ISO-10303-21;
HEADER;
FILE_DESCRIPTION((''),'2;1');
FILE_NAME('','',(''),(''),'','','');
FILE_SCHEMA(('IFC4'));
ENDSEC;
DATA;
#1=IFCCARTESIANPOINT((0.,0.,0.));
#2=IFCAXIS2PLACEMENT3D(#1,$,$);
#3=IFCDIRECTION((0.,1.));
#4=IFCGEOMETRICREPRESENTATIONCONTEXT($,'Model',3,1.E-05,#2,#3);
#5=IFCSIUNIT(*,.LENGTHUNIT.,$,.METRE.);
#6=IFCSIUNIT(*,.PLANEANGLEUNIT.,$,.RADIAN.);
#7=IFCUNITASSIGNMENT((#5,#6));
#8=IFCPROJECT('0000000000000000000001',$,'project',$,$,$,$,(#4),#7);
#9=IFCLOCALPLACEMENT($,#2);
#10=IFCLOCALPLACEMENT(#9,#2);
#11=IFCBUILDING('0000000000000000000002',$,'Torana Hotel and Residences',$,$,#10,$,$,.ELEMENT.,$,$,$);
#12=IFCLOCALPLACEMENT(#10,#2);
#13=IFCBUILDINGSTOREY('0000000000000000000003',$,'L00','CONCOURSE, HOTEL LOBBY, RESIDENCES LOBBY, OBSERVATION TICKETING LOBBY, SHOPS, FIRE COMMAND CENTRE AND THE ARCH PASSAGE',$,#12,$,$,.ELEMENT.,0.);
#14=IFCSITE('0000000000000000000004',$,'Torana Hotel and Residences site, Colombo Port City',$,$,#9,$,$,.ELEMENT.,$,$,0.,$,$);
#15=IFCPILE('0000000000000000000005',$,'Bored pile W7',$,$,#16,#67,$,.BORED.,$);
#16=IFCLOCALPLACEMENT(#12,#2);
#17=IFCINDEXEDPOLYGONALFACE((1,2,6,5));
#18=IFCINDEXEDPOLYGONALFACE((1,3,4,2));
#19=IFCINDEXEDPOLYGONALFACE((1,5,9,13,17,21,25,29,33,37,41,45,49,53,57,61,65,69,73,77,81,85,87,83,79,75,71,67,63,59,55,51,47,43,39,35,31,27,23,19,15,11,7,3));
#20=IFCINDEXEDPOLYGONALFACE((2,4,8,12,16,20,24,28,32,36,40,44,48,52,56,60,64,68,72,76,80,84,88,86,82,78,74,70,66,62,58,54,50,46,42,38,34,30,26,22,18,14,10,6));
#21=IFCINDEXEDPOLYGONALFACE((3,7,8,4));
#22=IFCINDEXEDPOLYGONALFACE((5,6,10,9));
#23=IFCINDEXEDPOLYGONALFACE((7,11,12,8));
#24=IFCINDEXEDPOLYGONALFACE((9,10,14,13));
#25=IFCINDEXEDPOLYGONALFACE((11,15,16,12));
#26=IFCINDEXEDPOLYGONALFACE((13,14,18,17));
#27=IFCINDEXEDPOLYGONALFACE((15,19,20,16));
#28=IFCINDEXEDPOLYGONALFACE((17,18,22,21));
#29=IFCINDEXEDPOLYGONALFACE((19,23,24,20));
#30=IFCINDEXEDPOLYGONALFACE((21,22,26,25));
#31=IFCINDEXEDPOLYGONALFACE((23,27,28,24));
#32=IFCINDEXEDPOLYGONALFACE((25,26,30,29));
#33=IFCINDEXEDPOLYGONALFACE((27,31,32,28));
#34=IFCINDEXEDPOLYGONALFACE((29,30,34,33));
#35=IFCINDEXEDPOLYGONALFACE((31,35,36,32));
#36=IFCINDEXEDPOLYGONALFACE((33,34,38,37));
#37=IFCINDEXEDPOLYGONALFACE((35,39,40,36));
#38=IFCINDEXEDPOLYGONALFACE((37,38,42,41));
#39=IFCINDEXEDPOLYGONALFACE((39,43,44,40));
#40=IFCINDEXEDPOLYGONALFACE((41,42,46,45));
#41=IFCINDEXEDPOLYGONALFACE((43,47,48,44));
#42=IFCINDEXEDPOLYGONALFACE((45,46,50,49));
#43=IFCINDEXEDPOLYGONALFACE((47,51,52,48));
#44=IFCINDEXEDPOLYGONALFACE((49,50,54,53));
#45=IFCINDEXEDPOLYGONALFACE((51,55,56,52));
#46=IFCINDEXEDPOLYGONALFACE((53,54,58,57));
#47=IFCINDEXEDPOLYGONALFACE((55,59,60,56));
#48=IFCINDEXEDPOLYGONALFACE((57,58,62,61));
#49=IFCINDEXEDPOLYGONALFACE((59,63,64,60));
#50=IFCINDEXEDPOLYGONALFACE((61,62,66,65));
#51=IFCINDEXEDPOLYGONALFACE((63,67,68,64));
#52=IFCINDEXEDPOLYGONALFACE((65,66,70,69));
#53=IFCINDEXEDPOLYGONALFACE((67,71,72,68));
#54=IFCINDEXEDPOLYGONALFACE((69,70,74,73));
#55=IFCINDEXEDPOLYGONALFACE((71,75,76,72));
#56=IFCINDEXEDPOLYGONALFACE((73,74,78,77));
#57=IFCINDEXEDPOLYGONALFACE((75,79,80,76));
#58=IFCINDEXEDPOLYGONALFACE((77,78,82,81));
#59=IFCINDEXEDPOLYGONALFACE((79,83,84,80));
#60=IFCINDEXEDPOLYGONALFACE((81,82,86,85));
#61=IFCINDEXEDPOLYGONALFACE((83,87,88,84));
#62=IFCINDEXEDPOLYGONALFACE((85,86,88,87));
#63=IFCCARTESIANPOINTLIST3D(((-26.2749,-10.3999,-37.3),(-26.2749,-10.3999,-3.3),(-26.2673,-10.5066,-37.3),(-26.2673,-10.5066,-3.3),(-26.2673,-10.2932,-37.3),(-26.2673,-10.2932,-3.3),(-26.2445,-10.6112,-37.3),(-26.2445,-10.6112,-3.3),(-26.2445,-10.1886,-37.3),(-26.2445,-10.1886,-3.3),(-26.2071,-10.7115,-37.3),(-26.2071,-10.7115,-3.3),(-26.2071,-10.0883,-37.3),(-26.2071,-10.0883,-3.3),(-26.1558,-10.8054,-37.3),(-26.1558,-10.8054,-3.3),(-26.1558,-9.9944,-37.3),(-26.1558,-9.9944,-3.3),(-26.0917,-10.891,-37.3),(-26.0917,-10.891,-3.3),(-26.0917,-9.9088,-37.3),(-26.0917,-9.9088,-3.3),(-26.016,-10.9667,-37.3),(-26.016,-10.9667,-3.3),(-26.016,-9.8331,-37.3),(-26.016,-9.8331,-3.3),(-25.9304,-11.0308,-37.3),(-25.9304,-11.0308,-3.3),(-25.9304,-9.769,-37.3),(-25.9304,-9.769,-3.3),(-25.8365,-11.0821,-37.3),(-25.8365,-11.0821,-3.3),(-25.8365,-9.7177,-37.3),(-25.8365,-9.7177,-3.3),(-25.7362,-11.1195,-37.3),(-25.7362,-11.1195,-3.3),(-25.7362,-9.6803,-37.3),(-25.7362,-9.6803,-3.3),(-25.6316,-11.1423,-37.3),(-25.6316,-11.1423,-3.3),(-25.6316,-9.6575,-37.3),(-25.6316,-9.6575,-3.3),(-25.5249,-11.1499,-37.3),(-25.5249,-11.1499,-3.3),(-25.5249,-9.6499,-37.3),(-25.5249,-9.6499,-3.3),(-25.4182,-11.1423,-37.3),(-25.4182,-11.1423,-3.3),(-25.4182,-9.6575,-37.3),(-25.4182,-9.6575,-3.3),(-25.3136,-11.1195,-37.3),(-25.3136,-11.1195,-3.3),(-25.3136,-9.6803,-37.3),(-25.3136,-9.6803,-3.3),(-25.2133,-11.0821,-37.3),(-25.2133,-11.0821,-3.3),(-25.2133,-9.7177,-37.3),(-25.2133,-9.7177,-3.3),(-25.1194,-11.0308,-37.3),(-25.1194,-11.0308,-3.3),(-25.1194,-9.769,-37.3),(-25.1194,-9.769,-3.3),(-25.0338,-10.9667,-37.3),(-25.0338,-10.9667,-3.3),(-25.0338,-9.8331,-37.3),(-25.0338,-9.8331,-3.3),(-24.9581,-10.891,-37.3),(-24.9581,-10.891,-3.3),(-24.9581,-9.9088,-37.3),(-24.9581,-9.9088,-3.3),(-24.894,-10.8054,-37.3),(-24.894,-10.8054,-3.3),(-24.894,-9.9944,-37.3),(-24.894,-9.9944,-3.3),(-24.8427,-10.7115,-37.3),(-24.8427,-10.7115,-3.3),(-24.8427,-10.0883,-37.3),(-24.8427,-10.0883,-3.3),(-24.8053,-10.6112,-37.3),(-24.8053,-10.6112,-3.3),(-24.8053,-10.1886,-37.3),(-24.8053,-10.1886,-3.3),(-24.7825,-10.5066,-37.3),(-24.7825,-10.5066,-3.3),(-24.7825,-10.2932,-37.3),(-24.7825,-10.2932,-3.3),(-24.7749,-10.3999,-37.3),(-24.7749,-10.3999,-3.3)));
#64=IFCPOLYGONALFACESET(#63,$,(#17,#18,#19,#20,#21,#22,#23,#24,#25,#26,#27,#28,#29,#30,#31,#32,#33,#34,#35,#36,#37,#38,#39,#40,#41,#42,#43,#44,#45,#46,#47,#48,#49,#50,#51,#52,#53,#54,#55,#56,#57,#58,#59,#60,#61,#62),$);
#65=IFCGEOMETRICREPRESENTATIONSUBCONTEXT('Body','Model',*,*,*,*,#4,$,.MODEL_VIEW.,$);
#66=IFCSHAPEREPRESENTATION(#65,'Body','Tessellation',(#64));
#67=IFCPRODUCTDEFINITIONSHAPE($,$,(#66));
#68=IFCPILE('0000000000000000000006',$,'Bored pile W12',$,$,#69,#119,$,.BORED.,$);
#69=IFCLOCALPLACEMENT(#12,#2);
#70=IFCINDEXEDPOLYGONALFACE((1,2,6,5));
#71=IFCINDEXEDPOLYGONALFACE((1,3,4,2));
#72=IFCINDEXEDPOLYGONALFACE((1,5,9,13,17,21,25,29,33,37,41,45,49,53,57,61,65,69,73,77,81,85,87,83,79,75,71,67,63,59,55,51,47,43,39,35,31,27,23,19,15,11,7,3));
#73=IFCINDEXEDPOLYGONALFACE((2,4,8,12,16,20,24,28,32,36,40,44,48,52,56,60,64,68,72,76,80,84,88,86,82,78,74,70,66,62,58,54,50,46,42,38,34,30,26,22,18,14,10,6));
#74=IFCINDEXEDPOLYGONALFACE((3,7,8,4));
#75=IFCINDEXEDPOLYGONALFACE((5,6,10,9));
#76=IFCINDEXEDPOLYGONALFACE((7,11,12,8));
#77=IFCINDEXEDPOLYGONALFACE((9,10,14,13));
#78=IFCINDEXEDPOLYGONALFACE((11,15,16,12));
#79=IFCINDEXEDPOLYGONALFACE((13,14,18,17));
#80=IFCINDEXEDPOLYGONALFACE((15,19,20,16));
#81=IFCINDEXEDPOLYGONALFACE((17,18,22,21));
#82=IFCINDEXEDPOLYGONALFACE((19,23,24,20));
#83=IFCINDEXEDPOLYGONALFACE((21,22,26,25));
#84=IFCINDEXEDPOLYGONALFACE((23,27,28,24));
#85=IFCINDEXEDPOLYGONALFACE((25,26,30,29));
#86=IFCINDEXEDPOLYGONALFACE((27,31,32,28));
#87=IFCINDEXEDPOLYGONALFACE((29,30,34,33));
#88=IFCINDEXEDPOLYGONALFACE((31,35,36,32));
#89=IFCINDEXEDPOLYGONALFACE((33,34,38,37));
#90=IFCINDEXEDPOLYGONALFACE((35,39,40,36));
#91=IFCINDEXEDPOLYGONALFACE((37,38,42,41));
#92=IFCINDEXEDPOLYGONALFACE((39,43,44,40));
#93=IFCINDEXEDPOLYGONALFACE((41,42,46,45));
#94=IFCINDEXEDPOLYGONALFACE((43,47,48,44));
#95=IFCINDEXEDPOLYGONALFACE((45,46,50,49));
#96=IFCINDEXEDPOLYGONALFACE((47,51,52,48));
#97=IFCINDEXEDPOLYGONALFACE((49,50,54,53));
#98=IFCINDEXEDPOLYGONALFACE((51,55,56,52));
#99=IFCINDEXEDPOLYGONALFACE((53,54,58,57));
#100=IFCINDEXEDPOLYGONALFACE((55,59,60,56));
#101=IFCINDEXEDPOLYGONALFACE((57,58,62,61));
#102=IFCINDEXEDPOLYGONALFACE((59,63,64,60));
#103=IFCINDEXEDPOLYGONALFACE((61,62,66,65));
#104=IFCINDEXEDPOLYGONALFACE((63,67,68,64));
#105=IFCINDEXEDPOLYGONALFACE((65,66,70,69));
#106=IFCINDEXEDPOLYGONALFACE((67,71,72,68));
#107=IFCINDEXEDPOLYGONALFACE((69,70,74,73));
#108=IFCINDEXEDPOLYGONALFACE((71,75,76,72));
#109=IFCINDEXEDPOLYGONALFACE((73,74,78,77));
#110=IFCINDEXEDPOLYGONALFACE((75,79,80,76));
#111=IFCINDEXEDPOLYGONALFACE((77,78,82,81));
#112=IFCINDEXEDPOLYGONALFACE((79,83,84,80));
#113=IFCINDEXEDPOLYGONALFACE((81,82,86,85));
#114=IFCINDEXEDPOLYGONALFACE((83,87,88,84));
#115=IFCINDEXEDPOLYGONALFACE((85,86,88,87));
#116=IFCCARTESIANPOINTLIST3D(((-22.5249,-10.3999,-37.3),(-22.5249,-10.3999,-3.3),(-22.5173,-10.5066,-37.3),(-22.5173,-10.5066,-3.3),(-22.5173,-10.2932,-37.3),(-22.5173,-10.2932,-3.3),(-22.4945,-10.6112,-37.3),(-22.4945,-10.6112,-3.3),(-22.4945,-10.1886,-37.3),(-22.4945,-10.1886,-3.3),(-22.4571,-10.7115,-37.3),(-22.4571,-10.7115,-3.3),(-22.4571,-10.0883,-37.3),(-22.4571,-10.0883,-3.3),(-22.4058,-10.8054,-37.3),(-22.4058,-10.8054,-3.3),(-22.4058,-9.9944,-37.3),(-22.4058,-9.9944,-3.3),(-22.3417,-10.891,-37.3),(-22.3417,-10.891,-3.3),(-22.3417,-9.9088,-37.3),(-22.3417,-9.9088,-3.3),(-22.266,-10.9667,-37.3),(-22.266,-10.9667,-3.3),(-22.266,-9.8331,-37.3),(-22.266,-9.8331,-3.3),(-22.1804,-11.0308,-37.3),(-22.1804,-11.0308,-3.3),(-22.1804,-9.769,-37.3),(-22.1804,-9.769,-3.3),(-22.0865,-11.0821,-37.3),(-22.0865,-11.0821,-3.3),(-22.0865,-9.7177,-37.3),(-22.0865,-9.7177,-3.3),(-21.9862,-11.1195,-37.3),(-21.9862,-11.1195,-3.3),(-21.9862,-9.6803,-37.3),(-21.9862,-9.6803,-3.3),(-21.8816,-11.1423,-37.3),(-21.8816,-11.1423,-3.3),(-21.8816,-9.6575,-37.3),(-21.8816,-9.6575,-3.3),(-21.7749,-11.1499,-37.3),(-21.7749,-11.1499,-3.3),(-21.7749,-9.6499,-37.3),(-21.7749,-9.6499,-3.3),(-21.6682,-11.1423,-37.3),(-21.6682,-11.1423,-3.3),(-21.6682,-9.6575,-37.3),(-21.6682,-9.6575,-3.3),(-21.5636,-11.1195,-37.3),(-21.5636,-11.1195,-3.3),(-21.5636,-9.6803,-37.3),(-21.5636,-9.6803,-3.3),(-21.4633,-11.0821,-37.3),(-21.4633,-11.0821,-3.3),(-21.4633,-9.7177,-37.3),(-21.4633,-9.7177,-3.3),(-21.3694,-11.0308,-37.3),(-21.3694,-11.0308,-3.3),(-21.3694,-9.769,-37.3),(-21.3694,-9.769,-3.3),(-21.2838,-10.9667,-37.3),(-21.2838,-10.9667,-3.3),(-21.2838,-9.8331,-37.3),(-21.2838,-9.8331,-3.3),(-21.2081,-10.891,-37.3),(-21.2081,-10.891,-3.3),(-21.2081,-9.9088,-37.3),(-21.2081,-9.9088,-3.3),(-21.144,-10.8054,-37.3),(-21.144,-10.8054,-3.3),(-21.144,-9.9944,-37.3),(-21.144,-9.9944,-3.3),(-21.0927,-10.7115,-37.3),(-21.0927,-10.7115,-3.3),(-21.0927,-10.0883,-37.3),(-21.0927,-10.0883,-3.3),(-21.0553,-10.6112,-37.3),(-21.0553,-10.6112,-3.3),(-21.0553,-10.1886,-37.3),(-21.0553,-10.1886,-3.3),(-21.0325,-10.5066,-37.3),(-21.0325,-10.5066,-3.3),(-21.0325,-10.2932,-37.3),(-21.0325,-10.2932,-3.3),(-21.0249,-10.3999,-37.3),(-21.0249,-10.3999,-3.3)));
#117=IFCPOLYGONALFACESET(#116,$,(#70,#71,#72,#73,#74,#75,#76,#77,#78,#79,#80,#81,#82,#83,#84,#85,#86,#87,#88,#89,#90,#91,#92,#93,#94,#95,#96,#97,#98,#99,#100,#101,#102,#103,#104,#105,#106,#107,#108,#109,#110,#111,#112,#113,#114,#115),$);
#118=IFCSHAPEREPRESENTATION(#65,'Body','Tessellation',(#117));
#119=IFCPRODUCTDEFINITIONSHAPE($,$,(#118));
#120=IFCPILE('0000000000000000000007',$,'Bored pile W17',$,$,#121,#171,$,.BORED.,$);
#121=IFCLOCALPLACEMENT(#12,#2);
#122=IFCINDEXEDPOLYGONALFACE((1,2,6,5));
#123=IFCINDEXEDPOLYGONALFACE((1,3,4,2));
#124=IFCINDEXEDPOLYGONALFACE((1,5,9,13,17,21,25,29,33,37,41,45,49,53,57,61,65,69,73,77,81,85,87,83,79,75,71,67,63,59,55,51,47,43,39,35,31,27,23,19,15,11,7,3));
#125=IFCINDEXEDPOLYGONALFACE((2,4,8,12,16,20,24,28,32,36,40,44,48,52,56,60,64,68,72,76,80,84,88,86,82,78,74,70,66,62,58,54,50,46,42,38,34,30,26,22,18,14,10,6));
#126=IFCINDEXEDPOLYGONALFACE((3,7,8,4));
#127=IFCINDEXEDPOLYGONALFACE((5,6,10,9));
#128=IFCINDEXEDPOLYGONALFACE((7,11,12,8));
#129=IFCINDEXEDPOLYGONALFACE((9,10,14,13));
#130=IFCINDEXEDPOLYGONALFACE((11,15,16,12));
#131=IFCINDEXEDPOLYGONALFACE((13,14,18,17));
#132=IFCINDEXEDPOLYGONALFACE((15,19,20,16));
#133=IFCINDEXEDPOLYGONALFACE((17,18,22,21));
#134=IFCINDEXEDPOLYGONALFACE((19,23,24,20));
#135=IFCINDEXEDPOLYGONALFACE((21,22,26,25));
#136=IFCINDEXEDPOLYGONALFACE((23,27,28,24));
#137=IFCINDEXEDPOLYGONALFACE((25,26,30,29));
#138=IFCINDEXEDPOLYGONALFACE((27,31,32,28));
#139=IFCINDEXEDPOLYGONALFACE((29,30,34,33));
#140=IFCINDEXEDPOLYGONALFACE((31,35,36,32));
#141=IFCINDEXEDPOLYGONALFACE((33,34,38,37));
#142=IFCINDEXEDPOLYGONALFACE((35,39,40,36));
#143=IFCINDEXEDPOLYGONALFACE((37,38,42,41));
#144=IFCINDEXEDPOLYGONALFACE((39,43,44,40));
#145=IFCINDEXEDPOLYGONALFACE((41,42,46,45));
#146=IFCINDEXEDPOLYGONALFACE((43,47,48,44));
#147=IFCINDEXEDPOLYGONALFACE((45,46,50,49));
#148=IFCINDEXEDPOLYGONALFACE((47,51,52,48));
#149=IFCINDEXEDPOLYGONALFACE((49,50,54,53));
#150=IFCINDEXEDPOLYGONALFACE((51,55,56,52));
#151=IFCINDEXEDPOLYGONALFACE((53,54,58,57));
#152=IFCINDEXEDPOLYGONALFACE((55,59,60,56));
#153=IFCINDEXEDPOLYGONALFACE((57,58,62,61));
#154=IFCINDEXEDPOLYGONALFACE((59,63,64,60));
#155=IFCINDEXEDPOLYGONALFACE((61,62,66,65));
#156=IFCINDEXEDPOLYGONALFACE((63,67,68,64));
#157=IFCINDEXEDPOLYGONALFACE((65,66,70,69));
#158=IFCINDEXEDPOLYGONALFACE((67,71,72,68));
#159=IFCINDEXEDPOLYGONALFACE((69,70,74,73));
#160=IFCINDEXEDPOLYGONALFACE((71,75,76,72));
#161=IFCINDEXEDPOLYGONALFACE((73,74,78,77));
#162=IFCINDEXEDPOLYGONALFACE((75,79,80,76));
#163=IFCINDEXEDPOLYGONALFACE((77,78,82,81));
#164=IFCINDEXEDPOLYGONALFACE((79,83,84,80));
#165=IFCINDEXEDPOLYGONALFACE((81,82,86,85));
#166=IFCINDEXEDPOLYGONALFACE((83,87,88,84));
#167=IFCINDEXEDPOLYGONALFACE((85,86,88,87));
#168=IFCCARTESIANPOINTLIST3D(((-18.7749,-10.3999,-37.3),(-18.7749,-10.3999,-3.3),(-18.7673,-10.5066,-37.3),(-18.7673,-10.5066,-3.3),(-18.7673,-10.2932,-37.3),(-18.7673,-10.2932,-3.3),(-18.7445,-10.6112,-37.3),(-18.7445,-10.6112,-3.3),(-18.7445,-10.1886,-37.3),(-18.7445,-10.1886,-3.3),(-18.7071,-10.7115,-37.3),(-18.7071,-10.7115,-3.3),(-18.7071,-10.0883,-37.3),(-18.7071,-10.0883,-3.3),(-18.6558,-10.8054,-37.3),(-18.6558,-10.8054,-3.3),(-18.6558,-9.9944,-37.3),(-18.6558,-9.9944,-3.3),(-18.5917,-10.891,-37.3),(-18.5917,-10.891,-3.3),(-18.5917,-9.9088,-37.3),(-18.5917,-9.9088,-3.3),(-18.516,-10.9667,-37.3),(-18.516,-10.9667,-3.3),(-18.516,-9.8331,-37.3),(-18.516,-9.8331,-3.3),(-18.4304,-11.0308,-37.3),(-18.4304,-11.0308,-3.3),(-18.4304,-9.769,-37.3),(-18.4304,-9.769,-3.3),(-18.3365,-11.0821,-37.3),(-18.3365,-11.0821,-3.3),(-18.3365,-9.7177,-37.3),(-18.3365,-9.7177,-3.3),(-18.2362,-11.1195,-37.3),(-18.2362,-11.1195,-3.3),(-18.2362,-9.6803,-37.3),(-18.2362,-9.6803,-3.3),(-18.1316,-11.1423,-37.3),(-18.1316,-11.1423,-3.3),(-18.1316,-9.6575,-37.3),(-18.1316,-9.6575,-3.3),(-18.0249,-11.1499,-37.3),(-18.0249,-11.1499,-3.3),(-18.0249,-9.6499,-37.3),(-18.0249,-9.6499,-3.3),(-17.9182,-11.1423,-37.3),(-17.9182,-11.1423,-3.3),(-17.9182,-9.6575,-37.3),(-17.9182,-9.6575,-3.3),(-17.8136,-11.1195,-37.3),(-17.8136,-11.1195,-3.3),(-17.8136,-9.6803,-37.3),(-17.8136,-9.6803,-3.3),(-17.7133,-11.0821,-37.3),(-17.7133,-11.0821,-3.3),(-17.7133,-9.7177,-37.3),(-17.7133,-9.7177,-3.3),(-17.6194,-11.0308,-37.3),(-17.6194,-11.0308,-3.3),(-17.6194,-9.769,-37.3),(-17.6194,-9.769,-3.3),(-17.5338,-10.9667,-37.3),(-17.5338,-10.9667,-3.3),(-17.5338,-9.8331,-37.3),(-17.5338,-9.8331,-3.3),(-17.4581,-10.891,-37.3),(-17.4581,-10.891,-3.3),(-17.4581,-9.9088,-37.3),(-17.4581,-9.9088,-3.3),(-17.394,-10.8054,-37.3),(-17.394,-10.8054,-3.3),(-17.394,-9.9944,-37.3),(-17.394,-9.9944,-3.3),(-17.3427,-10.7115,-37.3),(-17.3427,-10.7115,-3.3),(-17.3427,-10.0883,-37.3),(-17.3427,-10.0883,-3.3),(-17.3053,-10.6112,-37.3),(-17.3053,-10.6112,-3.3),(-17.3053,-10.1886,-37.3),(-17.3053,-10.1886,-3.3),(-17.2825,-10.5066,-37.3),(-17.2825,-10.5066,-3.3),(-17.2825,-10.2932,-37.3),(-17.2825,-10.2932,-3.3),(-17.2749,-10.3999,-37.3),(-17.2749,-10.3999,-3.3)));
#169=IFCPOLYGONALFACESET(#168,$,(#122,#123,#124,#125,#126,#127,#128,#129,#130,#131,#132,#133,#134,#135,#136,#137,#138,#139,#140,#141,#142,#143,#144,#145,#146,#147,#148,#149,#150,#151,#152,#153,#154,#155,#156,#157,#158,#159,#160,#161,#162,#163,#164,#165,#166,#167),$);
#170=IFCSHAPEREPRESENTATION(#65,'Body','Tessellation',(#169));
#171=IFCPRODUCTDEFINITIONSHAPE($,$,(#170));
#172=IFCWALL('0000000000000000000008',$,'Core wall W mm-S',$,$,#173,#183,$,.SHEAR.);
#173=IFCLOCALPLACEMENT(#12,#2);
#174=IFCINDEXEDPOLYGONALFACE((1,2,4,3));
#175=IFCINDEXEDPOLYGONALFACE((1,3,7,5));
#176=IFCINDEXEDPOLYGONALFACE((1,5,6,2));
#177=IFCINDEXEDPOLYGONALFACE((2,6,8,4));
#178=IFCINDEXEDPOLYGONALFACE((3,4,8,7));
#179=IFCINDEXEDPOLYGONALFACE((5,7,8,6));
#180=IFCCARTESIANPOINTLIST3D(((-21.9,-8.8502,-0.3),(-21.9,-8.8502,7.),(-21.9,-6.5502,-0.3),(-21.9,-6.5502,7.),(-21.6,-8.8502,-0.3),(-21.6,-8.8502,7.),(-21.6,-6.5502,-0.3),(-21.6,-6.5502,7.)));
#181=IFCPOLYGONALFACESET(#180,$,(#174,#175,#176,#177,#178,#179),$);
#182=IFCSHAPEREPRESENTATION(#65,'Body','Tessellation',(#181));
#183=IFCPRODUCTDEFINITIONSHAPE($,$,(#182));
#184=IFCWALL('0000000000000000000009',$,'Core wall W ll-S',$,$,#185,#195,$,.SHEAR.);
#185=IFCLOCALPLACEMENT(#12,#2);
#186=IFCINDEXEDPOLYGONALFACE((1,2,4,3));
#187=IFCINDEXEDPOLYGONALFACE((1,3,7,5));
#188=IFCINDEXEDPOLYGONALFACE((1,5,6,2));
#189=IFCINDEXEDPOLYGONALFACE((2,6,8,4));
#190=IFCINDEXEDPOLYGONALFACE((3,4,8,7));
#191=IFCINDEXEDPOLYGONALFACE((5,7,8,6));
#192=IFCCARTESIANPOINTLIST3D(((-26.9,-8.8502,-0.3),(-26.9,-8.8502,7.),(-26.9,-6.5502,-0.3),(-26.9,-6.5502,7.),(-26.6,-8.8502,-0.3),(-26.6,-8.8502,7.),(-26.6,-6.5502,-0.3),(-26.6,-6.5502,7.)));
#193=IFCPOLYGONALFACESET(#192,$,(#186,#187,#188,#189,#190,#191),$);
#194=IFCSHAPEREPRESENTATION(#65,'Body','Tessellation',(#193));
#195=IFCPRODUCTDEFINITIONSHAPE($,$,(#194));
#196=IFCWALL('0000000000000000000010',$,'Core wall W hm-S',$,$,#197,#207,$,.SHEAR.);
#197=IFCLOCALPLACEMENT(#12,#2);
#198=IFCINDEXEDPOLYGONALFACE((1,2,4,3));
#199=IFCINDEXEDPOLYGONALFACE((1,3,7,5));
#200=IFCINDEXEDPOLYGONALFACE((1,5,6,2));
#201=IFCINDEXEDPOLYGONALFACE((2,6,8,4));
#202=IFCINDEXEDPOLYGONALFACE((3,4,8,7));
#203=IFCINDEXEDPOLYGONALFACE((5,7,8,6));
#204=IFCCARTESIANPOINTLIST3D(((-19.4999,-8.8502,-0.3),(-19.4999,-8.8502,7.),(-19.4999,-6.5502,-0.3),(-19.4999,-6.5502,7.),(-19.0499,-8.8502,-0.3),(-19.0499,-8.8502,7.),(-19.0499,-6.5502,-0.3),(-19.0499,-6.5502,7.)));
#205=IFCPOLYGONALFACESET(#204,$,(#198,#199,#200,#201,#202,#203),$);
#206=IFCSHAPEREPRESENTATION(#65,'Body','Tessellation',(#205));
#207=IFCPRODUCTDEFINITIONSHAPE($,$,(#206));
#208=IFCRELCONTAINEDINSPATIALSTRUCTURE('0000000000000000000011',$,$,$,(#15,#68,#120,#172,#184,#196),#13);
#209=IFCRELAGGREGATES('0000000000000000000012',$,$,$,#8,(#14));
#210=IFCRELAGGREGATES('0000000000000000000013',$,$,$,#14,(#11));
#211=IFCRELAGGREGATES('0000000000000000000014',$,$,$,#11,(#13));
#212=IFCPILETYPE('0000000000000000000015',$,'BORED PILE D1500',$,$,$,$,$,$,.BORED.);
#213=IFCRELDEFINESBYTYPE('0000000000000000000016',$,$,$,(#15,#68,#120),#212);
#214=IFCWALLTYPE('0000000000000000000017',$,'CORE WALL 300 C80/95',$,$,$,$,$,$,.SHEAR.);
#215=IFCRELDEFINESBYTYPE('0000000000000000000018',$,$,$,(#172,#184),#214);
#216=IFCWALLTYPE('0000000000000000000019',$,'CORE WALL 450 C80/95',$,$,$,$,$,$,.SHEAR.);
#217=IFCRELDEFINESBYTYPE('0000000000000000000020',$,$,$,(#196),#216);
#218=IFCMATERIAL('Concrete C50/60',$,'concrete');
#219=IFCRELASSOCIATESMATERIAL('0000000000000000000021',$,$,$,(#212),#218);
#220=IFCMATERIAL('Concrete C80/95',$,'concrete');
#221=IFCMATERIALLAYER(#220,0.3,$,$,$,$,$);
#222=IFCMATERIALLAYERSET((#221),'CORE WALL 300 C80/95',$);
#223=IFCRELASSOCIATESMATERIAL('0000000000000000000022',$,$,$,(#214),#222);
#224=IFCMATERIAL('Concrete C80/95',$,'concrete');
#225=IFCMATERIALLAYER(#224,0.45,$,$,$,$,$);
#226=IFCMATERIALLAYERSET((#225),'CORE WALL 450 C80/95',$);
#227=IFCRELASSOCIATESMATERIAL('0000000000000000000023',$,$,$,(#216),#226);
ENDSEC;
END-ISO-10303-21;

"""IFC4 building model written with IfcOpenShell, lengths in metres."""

from ifc_helpers import new_model, si_unit, direction, frame, frame_2d, origin, origin_2d, place, context, subcontext, project, spatial, rectangle, circle, extrude, material, layer, layer_set, type_object, element, save


model = new_model("IFC4")

# Units and contexts
model_context = context("Model", 3, precision=1e-05, world=origin(), true_north=direction((0.0, 1.0)))
body_context = subcontext(model_context, "Body", "Model", "MODEL_VIEW")
ifc_project = project(units=[si_unit("LENGTHUNIT", "METRE"), si_unit("PLANEANGLEUNIT", "RADIAN")], contexts=[model_context])

# Site, building, storey
site_placement = place(None, origin())
site = spatial("IfcSite", under=ifc_project, at=site_placement, Name="Torana Hotel and Residences site, Colombo Port City", CompositionType="ELEMENT", RefElevation=0.0)
building_placement = place(site_placement, origin())
building = spatial("IfcBuilding", under=site, at=building_placement, Name="Torana Hotel and Residences", CompositionType="ELEMENT")
storey_placement = place(building_placement, origin())
storey = spatial("IfcBuildingStorey", under=building, at=storey_placement, Name="L00", Description="CONCOURSE, HOTEL LOBBY, RESIDENCES LOBBY, OBSERVATION TICKETING LOBBY, SHOPS, FIRE COMMAND CENTRE AND THE ARCH PASSAGE", CompositionType="ELEMENT", Elevation=0.0)

# Piles
ifc_material_1 = material(Name="Concrete C50/60", Category="concrete")
pile_type = type_object("IfcPileType", Name="BORED PILE D1500", PredefinedType="BORED", material=ifc_material_1)
for number, where, z_axis, x_axis, name in (
    (1, (-25.5249, -10.3999, -3.3), (0.0, 0.0, -1.0), (1.0, 0.0, 0.0), "Bored pile W7"),
    (2, (-21.7749, -10.3999, -3.3), (0.0, 0.0, -1.0), (1.0, 0.0, 0.0), "Bored pile W12"),
    (3, (-18.0249, -10.3999, -3.3), (0.0, 0.0, -1.0), (1.0, 0.0, 0.0), "Bored pile W17"),
):
    element("IfcPile", number, at=place(storey_placement, frame(where, z_axis=z_axis, x_axis=x_axis)), inside=storey, type_object=pile_type, Name=name, PredefinedType="BORED", context=body_context, shape_type="SweptSolid", body=[
        extrude(circle(Radius=0.75, at=origin_2d()), origin(), (0.0, 0.0, 1.0), 34.0),
    ])

# Walls
ifc_material_2 = material(Name="Concrete C80/95", Category="concrete")
ifc_layer_1 = layer(ifc_material_2, 0.3)
ifc_layer_set_1 = layer_set([ifc_layer_1], Name="CORE WALL 300 C80/95")
wall_type_1 = type_object("IfcWallType", Name="CORE WALL 300 C80/95", PredefinedType="SHEAR", material=ifc_layer_set_1)
for number, where, z_axis, x_axis, name in (
    (4, (-21.75, -8.8501, -0.3), (0.0, 0.0, 1.0), (0.0, 1.0, 0.0), "Core wall W mm-S"),
    (5, (-26.75, -8.8501, -0.3), (0.0, 0.0, 1.0), (0.0, 1.0, 0.0), "Core wall W ll-S"),
):
    element("IfcWall", number, at=place(storey_placement, frame(where, z_axis=z_axis, x_axis=x_axis)), inside=storey, type_object=wall_type_1, Name=name, PredefinedType="SHEAR", context=body_context, shape_type="SweptSolid", body=[
        extrude(rectangle(XDim=2.3, YDim=0.3, at=frame_2d((1.1499, 0.0))), origin(), (0.0, 0.0, 1.0), 7.3),
    ])
ifc_material_3 = material(Name="Concrete C80/95", Category="concrete")
ifc_layer_2 = layer(ifc_material_3, 0.45)
ifc_layer_set_2 = layer_set([ifc_layer_2], Name="CORE WALL 450 C80/95")
wall_type_2 = type_object("IfcWallType", Name="CORE WALL 450 C80/95", PredefinedType="SHEAR", material=ifc_layer_set_2)
wall_1_placement = place(storey_placement, frame((-19.2749, -8.8501, -0.3), z_axis=(0.0, 0.0, 1.0), x_axis=(0.0, 1.0, 0.0)))
element("IfcWall", 6, at=wall_1_placement, inside=storey, type_object=wall_type_2, Name="Core wall W hm-S", PredefinedType="SHEAR", context=body_context, shape_type="SweptSolid", body=[
    extrude(rectangle(XDim=2.3, YDim=0.45, at=frame_2d((1.1499, 0.0))), origin(), (0.0, 0.0, 1.0), 7.3),
])

save(model, "model.ifc")
